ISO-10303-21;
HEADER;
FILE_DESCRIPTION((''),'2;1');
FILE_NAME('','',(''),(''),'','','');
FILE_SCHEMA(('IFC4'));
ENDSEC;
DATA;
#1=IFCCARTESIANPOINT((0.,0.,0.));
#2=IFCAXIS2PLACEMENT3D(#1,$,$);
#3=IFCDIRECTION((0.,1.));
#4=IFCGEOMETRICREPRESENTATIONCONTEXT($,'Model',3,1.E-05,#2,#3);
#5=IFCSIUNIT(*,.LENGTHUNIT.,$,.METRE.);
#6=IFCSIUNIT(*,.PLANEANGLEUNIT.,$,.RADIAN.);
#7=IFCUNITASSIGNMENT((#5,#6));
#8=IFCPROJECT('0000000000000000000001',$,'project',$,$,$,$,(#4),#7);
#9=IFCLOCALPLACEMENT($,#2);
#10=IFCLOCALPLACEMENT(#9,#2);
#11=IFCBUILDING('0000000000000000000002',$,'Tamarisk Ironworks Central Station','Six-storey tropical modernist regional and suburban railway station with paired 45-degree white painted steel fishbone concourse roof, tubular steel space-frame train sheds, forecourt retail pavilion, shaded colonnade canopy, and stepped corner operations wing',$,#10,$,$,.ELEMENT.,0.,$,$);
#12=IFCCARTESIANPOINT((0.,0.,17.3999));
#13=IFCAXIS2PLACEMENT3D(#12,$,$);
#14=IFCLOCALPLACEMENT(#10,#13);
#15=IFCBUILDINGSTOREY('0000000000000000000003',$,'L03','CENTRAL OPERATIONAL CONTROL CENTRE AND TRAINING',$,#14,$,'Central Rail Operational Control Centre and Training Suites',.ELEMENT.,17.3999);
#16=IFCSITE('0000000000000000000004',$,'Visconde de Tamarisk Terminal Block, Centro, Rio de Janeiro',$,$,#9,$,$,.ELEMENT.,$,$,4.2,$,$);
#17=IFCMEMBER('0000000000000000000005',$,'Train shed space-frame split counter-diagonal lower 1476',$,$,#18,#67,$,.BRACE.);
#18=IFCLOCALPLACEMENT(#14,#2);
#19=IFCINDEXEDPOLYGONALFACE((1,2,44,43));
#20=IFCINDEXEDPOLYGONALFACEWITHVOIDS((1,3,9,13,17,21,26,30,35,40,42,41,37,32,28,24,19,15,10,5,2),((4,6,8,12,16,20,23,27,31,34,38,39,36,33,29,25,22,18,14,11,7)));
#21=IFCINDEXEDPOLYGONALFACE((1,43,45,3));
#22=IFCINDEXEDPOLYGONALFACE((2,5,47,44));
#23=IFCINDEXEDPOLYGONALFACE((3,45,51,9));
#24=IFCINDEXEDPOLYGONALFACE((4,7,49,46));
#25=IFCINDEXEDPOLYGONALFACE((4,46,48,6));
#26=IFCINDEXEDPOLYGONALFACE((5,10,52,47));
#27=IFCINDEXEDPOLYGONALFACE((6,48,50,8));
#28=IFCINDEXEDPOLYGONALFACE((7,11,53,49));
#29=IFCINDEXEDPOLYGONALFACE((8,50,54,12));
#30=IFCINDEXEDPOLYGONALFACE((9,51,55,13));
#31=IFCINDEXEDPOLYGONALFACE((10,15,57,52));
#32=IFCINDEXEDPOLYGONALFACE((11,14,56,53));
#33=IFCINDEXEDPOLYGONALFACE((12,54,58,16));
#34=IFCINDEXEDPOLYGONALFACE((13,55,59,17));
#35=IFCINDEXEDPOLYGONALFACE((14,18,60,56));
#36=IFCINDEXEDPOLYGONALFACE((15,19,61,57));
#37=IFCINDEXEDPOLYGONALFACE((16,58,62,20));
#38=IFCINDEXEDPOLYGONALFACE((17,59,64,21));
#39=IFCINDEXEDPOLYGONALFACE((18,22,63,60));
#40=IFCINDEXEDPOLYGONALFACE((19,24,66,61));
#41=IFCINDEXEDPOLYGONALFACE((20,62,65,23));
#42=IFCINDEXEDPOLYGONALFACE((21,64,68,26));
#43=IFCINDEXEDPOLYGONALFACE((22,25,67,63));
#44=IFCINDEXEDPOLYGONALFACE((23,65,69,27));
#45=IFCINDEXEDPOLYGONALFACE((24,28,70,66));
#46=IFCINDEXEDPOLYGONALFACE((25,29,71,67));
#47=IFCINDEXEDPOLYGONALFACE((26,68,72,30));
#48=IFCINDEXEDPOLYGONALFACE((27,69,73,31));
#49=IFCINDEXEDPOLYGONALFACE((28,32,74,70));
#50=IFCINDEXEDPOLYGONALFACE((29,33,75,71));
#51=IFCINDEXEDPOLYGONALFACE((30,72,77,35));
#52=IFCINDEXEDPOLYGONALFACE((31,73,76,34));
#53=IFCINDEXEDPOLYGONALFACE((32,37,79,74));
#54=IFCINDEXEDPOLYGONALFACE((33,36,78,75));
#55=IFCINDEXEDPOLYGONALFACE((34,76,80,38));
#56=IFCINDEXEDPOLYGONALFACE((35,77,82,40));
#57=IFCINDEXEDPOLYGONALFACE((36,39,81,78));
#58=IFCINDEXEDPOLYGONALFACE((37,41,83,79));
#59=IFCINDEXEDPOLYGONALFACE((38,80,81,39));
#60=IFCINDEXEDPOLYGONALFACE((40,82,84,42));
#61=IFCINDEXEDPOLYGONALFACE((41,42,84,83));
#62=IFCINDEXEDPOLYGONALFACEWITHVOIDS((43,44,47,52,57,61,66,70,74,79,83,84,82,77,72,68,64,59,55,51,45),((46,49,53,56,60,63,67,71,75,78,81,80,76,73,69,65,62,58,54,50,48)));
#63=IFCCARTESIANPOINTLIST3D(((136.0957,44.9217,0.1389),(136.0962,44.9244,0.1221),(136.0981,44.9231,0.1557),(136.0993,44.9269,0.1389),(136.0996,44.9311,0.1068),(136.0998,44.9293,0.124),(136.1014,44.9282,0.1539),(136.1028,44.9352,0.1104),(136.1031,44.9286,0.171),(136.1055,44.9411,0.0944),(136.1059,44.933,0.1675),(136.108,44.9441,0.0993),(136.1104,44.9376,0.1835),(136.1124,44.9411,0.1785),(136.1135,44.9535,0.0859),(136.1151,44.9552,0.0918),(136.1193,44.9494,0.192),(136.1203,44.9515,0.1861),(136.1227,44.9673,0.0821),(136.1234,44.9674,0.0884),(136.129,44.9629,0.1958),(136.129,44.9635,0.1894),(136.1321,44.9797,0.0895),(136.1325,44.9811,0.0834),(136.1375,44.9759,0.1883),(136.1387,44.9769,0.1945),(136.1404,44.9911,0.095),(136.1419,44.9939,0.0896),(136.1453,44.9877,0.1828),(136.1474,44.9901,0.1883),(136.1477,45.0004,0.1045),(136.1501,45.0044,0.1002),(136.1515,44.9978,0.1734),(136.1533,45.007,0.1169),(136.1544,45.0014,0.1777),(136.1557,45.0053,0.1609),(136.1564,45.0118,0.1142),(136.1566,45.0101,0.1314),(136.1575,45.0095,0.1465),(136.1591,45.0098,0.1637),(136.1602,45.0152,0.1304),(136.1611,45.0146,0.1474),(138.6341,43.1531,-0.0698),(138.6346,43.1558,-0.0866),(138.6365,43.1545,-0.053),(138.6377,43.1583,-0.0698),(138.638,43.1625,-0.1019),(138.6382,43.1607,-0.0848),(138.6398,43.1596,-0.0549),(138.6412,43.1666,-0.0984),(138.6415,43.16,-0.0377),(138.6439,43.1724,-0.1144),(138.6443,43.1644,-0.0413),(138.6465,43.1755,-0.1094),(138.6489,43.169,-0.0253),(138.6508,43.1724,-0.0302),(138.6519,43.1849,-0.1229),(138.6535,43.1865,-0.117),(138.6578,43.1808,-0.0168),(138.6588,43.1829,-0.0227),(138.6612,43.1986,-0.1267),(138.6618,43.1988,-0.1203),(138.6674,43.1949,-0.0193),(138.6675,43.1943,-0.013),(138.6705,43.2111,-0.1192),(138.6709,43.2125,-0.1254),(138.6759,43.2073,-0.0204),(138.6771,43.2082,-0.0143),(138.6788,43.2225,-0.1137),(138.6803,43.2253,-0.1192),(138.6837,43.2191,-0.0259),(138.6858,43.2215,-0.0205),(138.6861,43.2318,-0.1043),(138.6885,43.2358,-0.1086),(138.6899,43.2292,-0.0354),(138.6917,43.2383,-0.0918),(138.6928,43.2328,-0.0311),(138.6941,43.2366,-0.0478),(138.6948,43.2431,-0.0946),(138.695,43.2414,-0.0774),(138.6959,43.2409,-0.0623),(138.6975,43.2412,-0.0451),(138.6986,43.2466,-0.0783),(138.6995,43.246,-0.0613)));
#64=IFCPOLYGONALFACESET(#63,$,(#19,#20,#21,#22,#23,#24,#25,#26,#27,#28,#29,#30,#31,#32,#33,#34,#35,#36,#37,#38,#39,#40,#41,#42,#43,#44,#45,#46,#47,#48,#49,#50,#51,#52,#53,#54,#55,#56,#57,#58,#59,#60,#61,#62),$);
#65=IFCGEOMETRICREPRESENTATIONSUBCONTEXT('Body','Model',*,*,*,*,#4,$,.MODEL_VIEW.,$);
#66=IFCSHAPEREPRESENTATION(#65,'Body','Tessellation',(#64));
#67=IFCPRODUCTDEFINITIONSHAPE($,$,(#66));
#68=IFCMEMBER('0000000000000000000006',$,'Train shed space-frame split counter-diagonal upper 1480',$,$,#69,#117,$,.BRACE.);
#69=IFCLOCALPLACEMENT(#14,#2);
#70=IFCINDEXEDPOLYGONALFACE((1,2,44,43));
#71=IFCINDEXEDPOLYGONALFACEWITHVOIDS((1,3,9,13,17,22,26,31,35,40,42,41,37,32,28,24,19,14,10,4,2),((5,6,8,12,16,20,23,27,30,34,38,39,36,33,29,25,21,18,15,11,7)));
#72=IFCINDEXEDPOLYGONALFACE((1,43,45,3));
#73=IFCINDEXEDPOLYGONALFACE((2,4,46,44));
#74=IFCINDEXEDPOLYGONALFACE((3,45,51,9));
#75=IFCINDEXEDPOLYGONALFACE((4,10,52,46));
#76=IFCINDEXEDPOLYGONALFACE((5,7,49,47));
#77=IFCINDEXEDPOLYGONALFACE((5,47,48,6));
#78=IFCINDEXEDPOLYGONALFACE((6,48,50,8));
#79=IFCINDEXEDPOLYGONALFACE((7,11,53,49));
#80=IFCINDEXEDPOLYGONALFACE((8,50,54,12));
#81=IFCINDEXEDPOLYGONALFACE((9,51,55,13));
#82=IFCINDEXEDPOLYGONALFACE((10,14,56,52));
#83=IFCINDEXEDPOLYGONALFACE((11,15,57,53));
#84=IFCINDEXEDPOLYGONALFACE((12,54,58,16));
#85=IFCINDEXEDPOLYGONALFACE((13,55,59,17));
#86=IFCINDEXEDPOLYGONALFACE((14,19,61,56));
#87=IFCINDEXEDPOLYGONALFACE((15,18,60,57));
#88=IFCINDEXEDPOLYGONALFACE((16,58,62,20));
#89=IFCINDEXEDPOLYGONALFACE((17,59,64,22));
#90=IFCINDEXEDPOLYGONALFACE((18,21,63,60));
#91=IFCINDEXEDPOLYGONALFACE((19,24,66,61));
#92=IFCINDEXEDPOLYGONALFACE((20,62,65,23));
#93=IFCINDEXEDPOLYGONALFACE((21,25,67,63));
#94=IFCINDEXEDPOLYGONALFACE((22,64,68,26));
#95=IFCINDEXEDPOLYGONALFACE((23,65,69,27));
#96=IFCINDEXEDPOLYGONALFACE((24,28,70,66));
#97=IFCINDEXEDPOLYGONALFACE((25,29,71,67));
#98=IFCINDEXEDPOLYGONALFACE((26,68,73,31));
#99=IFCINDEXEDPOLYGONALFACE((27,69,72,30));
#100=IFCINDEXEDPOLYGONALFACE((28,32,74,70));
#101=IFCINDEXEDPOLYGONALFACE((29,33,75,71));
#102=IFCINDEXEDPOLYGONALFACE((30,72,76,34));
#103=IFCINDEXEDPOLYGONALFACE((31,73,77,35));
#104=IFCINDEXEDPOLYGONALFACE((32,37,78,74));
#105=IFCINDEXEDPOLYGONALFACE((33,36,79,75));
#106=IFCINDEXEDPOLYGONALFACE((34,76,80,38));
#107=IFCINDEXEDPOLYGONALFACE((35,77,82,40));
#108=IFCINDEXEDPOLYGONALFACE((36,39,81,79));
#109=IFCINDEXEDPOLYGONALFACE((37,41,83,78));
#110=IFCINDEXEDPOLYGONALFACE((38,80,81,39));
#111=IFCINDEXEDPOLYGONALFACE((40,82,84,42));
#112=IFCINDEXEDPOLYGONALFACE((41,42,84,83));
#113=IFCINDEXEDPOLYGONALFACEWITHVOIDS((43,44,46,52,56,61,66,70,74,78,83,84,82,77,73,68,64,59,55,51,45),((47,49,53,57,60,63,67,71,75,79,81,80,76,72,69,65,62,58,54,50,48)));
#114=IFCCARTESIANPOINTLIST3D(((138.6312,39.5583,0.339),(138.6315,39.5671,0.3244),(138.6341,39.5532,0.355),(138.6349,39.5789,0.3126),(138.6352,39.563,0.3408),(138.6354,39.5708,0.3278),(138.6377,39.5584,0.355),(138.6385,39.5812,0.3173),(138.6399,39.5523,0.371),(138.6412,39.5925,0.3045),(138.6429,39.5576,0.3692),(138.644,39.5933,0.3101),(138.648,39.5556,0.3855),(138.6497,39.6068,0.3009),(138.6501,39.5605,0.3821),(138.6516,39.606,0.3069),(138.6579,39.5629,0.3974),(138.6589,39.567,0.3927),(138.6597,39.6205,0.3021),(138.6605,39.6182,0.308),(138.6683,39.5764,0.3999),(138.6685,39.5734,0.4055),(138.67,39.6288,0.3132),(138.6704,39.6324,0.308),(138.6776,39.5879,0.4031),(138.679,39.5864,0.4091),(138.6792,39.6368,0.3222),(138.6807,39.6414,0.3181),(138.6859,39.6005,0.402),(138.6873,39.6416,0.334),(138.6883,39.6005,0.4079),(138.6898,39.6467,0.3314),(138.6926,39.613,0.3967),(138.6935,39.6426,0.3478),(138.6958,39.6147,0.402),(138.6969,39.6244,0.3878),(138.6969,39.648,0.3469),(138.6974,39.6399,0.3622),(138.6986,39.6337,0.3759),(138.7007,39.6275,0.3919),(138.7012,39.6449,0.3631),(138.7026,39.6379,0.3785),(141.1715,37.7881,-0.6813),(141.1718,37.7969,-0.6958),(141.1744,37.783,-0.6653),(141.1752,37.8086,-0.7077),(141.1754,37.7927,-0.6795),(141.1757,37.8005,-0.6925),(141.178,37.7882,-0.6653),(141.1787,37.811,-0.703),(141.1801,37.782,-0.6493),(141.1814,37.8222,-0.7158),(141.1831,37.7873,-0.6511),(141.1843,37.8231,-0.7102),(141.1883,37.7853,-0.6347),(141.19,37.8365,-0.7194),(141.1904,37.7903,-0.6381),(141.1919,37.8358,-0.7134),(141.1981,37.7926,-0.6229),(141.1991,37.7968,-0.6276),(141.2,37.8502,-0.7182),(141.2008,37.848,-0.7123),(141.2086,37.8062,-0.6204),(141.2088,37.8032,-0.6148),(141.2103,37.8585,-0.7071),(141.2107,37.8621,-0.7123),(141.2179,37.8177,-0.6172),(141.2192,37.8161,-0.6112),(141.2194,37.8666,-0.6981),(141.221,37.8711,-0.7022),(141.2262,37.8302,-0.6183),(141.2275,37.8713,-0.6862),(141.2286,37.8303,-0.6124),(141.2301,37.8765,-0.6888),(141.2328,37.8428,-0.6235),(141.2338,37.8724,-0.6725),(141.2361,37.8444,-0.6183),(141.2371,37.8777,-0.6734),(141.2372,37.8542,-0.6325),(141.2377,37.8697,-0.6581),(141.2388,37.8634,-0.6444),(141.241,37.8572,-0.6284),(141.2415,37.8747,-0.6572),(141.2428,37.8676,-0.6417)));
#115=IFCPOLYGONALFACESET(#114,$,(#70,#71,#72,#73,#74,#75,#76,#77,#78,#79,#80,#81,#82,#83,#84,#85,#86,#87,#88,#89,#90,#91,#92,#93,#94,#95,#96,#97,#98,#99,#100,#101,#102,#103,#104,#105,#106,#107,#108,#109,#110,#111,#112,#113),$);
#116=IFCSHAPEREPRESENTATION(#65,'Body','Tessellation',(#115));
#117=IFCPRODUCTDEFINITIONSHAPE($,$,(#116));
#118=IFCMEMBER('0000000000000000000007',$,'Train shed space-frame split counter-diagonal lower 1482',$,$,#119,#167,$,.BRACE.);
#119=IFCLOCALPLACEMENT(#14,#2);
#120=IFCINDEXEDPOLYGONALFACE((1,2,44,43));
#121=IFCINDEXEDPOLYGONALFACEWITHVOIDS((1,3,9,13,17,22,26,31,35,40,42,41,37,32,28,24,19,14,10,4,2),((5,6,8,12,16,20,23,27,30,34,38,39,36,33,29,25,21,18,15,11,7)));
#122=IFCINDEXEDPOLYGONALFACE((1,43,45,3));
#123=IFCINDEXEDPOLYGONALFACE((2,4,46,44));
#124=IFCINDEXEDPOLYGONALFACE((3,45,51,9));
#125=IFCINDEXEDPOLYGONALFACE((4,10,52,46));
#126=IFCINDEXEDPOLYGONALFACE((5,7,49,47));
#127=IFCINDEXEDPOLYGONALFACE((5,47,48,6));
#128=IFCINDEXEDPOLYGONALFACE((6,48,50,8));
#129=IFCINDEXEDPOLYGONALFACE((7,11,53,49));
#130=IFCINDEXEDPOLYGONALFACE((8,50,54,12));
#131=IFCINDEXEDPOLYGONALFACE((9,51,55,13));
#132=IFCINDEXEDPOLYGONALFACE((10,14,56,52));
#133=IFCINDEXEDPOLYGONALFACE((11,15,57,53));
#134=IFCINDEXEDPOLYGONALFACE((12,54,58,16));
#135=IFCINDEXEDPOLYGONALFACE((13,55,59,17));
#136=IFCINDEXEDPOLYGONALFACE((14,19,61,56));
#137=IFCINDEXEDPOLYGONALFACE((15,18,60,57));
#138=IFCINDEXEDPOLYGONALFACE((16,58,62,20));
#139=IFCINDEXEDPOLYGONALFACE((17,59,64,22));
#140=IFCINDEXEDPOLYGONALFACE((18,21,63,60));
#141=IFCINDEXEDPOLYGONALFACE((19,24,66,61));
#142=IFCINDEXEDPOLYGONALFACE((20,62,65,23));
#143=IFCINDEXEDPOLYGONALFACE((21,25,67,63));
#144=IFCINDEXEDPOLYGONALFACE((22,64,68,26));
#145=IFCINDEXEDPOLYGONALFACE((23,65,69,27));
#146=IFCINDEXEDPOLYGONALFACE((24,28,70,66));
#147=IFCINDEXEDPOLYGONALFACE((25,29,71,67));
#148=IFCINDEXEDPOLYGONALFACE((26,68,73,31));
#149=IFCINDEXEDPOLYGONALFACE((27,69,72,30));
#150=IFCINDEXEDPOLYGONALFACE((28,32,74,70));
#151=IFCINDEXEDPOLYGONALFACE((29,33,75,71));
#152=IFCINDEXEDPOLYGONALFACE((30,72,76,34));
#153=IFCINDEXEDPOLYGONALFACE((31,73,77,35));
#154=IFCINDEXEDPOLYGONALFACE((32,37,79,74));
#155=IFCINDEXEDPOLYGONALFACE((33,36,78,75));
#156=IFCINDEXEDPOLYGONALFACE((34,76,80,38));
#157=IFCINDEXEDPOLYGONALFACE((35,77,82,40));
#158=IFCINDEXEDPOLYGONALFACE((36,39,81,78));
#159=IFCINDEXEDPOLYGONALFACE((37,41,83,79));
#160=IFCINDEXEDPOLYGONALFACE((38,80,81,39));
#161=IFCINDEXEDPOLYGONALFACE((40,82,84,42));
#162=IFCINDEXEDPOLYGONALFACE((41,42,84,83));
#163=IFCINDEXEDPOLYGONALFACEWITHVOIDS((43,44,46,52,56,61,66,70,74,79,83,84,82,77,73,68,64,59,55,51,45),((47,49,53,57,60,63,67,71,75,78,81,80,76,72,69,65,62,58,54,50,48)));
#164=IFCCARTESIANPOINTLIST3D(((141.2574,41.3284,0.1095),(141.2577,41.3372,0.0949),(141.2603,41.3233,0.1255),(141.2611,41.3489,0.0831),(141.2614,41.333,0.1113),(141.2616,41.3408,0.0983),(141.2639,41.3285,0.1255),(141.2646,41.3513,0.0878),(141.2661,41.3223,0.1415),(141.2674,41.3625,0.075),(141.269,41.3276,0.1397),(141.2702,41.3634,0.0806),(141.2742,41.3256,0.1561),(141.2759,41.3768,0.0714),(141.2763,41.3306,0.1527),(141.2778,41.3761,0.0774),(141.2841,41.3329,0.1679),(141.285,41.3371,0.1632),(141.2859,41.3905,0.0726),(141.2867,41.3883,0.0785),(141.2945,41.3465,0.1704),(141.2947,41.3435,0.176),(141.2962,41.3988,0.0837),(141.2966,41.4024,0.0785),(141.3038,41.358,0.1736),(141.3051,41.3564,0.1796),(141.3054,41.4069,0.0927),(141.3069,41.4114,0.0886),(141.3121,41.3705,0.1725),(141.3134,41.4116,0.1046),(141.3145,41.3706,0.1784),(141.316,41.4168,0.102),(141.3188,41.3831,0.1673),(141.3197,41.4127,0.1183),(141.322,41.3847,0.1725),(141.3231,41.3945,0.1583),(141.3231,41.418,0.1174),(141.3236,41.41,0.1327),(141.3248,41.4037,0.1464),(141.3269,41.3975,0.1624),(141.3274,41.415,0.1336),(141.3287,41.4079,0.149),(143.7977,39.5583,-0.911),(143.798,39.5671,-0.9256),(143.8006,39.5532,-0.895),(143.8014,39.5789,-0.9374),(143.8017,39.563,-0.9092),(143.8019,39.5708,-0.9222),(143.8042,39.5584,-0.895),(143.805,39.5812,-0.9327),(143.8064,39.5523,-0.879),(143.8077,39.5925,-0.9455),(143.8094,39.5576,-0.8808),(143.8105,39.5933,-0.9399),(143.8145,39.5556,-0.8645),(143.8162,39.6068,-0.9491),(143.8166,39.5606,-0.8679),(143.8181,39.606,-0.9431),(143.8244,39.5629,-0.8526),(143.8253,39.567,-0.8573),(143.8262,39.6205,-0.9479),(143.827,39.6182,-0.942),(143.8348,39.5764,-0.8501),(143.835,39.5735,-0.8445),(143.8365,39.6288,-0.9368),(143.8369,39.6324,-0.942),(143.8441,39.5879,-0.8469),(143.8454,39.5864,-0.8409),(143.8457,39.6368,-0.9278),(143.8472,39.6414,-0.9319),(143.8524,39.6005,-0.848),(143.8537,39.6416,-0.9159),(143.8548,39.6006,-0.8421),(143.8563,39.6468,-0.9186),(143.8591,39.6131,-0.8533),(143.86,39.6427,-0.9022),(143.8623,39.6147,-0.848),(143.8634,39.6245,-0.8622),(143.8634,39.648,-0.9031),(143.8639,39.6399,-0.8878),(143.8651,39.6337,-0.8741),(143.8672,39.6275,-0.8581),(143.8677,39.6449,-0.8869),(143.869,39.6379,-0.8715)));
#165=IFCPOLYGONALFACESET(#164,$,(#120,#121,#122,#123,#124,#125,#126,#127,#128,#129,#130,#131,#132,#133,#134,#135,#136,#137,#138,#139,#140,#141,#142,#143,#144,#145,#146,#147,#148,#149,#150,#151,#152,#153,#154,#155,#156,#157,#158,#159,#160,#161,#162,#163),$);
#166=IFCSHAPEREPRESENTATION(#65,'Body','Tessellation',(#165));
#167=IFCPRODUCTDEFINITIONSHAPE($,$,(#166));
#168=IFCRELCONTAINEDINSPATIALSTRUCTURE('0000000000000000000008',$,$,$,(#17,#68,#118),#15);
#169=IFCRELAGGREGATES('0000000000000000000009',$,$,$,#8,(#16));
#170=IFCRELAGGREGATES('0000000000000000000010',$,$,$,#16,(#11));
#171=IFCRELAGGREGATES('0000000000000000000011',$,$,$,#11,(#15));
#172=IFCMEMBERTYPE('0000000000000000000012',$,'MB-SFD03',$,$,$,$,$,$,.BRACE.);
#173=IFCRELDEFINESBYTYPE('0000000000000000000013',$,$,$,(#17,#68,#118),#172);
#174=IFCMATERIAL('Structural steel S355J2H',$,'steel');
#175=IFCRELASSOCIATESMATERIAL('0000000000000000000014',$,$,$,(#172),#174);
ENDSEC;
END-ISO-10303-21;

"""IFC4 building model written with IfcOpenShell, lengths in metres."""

from ifc_helpers import new_model, si_unit, direction, frame, origin, origin_2d, place, context, subcontext, project, spatial, hollow_circle, extrude, material, material_profile, profile_set, type_object, element, save


model = new_model("IFC4")

# Units and contexts
model_context = context("Model", 3, precision=1e-05, world=origin(), true_north=direction((0.0, 1.0)))
body_context = subcontext(model_context, "Body", "Model", "MODEL_VIEW")
ifc_project = project(units=[si_unit("LENGTHUNIT", "METRE"), si_unit("PLANEANGLEUNIT", "RADIAN")], contexts=[model_context])

# Site, building, storey
site_placement = place(None, origin())
site = spatial("IfcSite", under=ifc_project, at=site_placement, Name="Visconde de Tamarisk Terminal Block, Centro, Rio de Janeiro", CompositionType="ELEMENT", RefElevation=4.2)
building_placement = place(site_placement, origin())
building = spatial("IfcBuilding", under=site, at=building_placement, Name="Tamarisk Ironworks Central Station", Description="Six-storey tropical modernist regional and suburban railway station with paired 45-degree white painted steel fishbone concourse roof, tubular steel space-frame train sheds, forecourt retail pavilion, shaded colonnade canopy, and stepped corner operations wing", CompositionType="ELEMENT", ElevationOfRefHeight=0.0)
storey_placement = place(building_placement, frame((0.0, 0.0, 17.3999)))
storey = spatial("IfcBuildingStorey", under=building, at=storey_placement, Name="L03", Description="CENTRAL OPERATIONAL CONTROL CENTRE AND TRAINING", LongName="Central Rail Operational Control Centre and Training Suites", CompositionType="ELEMENT", Elevation=17.3999)

# Members
ifc_material_1 = material(Name="Structural steel S355J2H", Category="steel")
ifc_material_profile_1 = material_profile(ifc_material_1, hollow_circle(Radius=0.0571, WallThickness=0.0063, at=origin_2d()), Name="CHS 114.3x6.3")
ifc_profile_set_1 = profile_set([ifc_material_profile_1], Name="Structural steel S355J2H")
member_type_1 = type_object("IfcMemberType", Name="MB-SFD03", PredefinedType="BRACE", material=ifc_profile_set_1)
member_1_placement = place(storey_placement, frame((138.6667, 43.2, -0.0698), z_axis=(-0.818625, 0.570369, 0.06732), x_axis=(-0.571666, -0.820487, 0.0)))
element("IfcMember", 1, at=member_1_placement, inside=storey, type_object=member_type_1, Name="Train shed space-frame split counter-diagonal lower 1476", PredefinedType="BRACE", context=body_context, shape_type="SweptSolid", body=[
    extrude(hollow_circle(Radius=0.0571, WallThickness=0.0063, at=origin_2d()), origin(), (0.0, 0.0, 1.0), 3.1008),
])
for number, where, z_axis, x_axis, name in (
    (2, (141.207, 37.8298, -0.6653), (-0.77922, 0.54302, 0.312961), (-0.571741, -0.820434, 0.0), "Train shed space-frame split counter-diagonal upper 1480"),
    (3, (143.8333, 39.6001, -0.895), (-0.779234, 0.542955, 0.313042), (-0.571688, -0.820471, 0.0), "Train shed space-frame split counter-diagonal lower 1482"),
):
    element("IfcMember", number, at=place(storey_placement, frame(where, z_axis=z_axis, x_axis=x_axis)), inside=storey, type_object=member_type_1, Name=name, PredefinedType="BRACE", context=body_context, shape_type="SweptSolid", body=[
        extrude(hollow_circle(Radius=0.0571, WallThickness=0.0063, at=origin_2d()), origin(), (0.0, 0.0, 1.0), 3.26),
    ])

save(model, "model.ifc")
